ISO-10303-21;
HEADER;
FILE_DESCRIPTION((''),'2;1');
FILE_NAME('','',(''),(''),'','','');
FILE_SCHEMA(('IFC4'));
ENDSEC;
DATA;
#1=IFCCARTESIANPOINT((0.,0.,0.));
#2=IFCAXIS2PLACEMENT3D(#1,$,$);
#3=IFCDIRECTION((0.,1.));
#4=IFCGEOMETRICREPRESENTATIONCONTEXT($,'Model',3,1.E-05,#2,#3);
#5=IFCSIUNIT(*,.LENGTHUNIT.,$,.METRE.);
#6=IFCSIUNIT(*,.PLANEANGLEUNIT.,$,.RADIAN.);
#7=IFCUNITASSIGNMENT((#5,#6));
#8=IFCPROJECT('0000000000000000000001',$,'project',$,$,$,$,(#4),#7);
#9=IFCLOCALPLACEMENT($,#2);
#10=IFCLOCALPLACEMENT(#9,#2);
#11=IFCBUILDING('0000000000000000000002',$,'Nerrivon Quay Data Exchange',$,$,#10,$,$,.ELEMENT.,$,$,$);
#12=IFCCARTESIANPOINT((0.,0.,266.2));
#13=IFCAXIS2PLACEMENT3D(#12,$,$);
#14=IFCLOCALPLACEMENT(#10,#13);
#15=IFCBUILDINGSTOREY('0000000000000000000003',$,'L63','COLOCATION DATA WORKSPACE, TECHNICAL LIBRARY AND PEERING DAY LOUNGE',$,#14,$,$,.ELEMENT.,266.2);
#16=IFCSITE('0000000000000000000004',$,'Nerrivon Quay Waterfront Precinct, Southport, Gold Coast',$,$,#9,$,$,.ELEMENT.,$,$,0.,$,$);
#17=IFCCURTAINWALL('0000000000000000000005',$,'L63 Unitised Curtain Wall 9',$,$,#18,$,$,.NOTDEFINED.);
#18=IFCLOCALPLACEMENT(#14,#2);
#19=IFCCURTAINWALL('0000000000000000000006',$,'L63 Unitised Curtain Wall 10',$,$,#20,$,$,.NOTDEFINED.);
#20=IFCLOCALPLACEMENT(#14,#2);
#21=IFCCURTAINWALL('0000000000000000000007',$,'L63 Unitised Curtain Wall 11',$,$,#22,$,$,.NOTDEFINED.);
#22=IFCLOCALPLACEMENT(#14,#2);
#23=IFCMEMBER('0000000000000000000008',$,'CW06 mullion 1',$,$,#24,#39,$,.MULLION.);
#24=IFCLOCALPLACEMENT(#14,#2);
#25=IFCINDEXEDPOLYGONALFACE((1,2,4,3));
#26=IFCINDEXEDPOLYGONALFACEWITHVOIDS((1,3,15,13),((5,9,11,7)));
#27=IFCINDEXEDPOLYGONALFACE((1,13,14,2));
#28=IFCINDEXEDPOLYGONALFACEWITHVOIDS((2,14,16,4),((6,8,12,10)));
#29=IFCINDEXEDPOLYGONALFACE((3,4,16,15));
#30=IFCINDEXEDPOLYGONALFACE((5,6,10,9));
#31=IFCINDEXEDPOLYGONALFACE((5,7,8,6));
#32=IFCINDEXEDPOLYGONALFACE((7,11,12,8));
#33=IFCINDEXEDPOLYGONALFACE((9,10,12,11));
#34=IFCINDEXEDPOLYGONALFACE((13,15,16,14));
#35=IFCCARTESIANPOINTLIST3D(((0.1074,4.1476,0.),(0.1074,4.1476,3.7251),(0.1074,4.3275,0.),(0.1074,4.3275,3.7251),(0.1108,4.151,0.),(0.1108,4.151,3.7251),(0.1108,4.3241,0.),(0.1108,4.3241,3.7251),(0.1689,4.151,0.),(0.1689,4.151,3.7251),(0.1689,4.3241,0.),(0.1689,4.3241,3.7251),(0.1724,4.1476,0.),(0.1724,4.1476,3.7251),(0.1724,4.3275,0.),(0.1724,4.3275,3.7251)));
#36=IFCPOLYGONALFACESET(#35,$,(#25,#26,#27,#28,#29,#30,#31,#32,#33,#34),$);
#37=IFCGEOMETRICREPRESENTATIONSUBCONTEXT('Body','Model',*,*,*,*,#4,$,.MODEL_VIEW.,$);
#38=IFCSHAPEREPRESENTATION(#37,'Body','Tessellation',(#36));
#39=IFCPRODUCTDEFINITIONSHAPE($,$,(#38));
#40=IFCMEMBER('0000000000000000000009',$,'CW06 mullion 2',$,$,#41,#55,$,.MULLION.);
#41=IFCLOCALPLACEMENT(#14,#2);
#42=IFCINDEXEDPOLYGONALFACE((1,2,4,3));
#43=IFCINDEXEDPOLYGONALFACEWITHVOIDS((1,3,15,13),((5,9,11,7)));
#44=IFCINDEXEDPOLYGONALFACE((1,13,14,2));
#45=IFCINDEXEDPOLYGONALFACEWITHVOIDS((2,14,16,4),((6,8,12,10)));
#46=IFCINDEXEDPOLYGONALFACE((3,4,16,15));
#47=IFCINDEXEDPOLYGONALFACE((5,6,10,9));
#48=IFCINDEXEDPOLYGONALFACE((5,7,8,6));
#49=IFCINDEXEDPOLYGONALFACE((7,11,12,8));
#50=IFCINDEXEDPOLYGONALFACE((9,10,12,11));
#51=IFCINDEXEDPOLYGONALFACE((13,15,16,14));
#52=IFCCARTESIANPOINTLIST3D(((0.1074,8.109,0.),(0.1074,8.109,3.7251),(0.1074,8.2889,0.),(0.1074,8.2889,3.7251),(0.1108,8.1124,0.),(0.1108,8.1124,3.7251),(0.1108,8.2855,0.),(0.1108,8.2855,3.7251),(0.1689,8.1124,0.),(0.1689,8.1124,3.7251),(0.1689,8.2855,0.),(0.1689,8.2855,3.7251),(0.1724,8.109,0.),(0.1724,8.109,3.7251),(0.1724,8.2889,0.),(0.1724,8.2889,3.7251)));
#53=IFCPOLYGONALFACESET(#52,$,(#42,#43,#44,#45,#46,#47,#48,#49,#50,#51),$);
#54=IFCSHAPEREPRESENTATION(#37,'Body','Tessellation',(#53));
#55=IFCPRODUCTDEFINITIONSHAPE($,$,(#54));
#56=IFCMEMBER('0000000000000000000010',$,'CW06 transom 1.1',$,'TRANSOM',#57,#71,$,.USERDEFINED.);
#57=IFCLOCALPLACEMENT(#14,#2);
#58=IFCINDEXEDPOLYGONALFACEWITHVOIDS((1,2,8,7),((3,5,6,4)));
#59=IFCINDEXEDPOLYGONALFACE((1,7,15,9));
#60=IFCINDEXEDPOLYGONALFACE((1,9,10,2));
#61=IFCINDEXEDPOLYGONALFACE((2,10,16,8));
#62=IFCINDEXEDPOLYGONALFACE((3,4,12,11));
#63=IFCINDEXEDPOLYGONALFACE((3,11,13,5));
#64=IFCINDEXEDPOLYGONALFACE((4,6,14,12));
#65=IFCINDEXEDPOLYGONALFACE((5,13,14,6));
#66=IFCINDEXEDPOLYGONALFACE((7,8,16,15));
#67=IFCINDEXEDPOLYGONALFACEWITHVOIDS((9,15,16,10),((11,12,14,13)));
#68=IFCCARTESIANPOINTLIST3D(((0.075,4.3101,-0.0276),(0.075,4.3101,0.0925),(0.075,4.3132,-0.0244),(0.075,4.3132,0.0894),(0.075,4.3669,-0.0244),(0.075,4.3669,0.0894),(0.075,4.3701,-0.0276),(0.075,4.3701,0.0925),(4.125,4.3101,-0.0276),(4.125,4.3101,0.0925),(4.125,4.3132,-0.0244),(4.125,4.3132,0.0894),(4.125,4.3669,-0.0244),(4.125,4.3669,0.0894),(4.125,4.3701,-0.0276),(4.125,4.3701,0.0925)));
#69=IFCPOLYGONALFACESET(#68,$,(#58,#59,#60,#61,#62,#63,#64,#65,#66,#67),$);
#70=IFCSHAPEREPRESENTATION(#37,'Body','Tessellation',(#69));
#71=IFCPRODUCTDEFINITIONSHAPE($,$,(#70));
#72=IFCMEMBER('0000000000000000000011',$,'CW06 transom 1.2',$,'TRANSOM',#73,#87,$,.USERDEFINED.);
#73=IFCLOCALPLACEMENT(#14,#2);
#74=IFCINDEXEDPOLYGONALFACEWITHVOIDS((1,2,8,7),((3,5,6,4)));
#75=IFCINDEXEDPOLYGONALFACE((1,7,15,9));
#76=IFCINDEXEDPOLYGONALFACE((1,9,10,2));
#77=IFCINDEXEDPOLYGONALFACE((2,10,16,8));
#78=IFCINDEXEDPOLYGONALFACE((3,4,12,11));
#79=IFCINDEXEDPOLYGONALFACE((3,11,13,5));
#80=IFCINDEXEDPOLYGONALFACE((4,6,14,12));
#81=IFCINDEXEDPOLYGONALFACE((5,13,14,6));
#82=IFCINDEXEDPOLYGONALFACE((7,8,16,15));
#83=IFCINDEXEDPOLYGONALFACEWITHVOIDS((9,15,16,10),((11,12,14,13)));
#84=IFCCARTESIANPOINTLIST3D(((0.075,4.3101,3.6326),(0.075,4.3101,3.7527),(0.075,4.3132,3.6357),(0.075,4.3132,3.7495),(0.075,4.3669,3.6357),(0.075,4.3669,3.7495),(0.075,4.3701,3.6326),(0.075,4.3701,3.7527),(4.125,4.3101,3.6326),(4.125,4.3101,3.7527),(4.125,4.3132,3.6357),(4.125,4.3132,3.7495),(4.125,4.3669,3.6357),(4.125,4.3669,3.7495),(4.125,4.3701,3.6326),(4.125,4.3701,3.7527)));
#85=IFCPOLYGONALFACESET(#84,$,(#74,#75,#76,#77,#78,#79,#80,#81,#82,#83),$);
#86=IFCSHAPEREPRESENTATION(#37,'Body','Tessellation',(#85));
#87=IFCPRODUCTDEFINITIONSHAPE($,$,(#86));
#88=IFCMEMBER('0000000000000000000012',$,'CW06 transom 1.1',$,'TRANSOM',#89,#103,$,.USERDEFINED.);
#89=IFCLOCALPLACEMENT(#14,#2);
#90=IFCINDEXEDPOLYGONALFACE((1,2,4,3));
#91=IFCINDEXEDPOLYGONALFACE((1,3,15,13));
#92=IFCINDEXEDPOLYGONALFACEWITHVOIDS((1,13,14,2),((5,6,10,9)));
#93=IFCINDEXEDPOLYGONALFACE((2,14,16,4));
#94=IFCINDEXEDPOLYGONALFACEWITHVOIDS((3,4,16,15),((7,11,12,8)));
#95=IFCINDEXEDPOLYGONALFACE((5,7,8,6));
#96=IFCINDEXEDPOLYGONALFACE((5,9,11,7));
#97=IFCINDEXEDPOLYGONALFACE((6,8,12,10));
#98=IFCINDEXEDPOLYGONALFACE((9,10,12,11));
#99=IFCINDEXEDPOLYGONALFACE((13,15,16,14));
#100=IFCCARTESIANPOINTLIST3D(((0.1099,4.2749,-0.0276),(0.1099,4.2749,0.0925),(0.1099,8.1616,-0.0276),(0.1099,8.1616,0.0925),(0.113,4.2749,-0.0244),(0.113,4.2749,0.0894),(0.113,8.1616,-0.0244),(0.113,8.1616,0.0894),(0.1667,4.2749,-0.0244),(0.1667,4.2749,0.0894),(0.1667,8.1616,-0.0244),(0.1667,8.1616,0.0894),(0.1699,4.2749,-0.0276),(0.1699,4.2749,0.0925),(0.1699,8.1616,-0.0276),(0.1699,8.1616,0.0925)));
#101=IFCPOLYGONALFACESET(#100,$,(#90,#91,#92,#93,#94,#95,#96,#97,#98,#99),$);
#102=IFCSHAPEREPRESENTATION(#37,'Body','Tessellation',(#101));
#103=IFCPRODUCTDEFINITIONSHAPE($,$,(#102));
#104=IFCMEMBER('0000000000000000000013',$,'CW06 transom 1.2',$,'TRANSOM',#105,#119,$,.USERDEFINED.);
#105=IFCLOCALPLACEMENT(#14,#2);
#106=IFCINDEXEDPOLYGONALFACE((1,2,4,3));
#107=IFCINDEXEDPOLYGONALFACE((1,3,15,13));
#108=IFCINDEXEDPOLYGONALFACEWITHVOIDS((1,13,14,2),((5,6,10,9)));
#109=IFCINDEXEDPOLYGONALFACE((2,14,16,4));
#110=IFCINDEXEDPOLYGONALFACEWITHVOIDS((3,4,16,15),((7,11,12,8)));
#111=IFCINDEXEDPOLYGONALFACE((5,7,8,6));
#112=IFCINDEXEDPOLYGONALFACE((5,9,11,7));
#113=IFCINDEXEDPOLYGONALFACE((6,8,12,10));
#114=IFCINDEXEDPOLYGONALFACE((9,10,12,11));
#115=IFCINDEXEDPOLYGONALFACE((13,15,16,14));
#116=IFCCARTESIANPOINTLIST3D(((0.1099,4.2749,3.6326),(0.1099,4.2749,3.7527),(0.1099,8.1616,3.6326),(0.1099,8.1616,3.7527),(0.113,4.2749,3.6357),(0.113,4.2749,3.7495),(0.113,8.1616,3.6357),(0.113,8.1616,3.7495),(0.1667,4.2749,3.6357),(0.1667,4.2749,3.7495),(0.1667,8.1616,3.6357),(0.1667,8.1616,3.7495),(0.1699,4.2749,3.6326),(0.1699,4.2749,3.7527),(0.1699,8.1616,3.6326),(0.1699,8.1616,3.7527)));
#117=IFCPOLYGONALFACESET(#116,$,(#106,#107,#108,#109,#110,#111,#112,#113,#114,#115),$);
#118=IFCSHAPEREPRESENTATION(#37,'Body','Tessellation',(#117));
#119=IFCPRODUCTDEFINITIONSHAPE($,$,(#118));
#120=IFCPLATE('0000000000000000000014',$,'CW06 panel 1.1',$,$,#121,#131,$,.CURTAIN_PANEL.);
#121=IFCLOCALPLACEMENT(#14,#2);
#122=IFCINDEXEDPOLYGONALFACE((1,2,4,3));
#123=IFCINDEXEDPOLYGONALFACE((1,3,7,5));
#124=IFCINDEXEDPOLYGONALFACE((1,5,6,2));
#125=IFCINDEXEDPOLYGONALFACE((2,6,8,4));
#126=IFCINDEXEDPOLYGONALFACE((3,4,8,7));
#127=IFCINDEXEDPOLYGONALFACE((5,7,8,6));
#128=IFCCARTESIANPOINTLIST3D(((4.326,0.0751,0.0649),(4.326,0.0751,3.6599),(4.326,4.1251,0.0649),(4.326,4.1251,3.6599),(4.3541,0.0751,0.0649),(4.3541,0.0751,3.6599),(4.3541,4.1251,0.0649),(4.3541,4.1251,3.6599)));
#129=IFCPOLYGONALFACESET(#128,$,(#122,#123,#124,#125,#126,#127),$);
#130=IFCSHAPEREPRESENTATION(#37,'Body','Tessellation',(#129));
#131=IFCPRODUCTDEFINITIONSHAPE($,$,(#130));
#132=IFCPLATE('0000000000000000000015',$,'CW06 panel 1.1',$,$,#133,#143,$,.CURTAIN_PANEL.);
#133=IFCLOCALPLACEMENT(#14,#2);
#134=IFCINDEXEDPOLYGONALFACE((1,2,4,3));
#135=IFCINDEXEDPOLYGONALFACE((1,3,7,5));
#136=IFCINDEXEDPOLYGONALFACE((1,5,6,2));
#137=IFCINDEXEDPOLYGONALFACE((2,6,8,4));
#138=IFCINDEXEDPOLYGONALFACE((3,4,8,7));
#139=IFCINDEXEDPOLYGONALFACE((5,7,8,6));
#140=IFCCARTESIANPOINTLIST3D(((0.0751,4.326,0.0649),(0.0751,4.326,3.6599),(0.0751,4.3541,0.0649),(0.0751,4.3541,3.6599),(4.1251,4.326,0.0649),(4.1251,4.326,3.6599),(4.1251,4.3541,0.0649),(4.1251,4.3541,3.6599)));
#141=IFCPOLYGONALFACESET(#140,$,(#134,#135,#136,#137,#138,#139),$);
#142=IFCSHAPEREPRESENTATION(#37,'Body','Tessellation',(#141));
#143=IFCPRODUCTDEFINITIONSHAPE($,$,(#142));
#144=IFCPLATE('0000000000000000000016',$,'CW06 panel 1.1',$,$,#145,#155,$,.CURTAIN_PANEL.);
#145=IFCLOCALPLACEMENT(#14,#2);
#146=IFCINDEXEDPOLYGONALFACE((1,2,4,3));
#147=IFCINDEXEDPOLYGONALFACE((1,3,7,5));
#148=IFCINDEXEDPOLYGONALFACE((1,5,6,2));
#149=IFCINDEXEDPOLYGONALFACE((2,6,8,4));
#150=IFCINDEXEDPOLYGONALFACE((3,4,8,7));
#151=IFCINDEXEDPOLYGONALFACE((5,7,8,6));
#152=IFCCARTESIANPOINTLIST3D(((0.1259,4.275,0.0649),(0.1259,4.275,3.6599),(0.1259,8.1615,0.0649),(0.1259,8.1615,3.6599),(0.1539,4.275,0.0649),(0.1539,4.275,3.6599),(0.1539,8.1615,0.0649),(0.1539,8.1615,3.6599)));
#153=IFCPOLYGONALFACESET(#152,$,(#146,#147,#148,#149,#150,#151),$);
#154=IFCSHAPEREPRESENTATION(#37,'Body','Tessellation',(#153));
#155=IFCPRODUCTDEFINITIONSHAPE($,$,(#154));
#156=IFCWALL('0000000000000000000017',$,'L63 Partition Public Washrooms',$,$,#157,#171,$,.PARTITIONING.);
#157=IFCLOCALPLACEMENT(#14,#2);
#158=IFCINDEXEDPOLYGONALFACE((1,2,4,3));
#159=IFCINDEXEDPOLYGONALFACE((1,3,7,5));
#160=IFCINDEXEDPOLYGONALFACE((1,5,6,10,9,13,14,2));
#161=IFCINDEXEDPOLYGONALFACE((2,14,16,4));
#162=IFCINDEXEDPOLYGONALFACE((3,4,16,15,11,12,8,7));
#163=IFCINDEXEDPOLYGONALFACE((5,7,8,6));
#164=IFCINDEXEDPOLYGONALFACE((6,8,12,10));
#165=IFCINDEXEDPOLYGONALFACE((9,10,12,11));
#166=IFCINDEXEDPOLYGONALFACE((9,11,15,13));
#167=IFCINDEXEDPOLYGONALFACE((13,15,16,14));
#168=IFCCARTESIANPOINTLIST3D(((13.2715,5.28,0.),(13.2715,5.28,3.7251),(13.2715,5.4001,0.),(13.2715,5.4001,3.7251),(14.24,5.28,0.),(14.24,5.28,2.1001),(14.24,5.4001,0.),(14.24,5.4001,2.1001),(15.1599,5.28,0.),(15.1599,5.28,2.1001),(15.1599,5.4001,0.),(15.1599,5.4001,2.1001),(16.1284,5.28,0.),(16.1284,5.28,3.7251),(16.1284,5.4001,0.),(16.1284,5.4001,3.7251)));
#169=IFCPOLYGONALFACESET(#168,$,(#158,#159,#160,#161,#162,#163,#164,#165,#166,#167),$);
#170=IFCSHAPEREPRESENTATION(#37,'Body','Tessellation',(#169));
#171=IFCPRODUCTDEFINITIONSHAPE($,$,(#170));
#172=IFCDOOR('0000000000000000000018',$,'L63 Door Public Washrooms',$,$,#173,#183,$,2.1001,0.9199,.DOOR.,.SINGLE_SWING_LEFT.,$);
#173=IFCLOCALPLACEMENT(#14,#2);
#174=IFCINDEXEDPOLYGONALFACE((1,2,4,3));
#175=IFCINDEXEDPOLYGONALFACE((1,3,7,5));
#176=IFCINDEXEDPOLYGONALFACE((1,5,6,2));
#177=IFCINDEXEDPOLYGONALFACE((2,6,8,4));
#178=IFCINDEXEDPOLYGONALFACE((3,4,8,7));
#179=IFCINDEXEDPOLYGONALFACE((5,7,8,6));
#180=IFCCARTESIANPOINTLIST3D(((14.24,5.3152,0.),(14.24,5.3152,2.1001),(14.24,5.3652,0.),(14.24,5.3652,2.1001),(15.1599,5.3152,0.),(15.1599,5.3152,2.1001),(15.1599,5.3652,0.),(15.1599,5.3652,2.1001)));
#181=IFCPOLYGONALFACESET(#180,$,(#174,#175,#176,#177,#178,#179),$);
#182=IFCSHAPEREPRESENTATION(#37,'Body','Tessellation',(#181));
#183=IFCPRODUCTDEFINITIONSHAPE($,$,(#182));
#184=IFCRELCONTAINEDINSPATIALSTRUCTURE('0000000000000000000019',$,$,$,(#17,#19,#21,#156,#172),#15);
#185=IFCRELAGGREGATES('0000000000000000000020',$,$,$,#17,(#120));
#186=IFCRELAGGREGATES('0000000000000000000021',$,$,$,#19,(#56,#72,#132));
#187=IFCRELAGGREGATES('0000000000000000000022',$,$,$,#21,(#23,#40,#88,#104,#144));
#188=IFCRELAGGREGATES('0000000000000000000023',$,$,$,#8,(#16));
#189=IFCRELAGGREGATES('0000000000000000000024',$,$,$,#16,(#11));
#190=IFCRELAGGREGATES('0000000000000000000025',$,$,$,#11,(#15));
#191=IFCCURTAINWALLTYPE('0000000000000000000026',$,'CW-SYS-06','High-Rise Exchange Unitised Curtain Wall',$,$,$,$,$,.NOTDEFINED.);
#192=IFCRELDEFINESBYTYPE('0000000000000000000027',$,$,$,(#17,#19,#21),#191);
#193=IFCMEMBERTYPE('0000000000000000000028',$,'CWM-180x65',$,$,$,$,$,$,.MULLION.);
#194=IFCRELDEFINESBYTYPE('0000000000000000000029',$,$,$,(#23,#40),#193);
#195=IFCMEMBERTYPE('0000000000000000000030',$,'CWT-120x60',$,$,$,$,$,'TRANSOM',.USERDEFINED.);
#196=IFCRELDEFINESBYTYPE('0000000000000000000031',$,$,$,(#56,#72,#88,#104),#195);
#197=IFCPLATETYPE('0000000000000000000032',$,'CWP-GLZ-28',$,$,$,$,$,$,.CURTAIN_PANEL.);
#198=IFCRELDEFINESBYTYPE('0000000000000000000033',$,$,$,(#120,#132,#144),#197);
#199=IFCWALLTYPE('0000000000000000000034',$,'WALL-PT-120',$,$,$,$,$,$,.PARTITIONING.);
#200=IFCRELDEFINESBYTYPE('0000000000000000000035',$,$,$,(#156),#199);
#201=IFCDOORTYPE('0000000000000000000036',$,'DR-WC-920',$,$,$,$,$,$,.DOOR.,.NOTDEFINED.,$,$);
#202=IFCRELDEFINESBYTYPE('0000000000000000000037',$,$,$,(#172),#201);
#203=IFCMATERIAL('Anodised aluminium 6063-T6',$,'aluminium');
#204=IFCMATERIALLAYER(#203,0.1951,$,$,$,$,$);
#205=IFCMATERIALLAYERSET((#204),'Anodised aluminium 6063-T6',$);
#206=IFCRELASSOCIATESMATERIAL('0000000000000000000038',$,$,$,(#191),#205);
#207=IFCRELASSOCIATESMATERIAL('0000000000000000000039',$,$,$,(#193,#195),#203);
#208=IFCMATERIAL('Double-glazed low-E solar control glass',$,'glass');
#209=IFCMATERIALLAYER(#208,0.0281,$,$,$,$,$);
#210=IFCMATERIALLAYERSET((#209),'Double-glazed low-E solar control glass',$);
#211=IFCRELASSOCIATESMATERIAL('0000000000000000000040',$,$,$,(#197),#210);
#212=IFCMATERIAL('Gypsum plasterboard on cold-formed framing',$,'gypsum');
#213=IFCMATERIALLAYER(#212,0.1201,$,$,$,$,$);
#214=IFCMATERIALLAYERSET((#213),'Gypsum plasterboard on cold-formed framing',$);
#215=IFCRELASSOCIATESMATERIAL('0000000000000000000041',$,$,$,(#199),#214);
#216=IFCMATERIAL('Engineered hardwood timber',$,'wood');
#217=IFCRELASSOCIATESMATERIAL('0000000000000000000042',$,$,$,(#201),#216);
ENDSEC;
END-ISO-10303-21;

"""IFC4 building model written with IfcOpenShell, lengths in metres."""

from ifc_helpers import new_model, si_unit, direction, frame, frame_2d, origin, origin_2d, place, context, subcontext, project, spatial, rectangle, hollow_rectangle, extrude, material, layer, layer_set, material_profile, profile_set, type_object, element, fill, aggregate, save


model = new_model("IFC4")

# Units and contexts
model_context = context("Model", 3, precision=1e-05, world=origin(), true_north=direction((0.0, 1.0)))
body_context = subcontext(model_context, "Body", "Model", "MODEL_VIEW")
ifc_project = project(units=[si_unit("LENGTHUNIT", "METRE"), si_unit("PLANEANGLEUNIT", "RADIAN")], contexts=[model_context])

# Site, building, storey
site_placement = place(None, origin())
site = spatial("IfcSite", under=ifc_project, at=site_placement, Name="Nerrivon Quay Waterfront Precinct, Southport, Gold Coast", CompositionType="ELEMENT", RefElevation=0.0)
building_placement = place(site_placement, origin())
building = spatial("IfcBuilding", under=site, at=building_placement, Name="Nerrivon Quay Data Exchange", CompositionType="ELEMENT")
storey_placement = place(building_placement, frame((0.0, 0.0, 266.2)))
storey = spatial("IfcBuildingStorey", under=building, at=storey_placement, Name="L63", Description="COLOCATION DATA WORKSPACE, TECHNICAL LIBRARY AND PEERING DAY LOUNGE", CompositionType="ELEMENT", Elevation=266.2)

# Curtain wall
ifc_material_1 = material(Name="Anodised aluminium 6063-T6", Category="aluminium")
ifc_layer_1 = layer(ifc_material_1, 0.1951)
ifc_layer_set_1 = layer_set([ifc_layer_1], Name="Anodised aluminium 6063-T6")
curtain_wall_type = type_object("IfcCurtainWallType", Name="CW-SYS-06", Description="High-Rise Exchange Unitised Curtain Wall", PredefinedType="NOTDEFINED", material=ifc_layer_set_1)
ifc_material_profile_1 = material_profile(ifc_material_1, hollow_rectangle(XDim=0.0649, YDim=0.1799, WallThickness=0.0034, at=origin_2d()), Name="ALU-MULL-180x65")
ifc_profile_set_1 = profile_set([ifc_material_profile_1], Name="Anodised aluminium 6063-T6")
member_type_1 = type_object("IfcMemberType", Name="CWM-180x65", PredefinedType="MULLION", material=ifc_profile_set_1)
curtain_wall_1_placement = place(storey_placement, origin())
curtain_wall_1 = element("IfcCurtainWall", 1, at=curtain_wall_1_placement, inside=storey, type_object=curtain_wall_type, Name="L63 Unitised Curtain Wall 9", PredefinedType="NOTDEFINED")

# Curtain walls, members
curtain_wall_2_placement = place(storey_placement, origin())
curtain_wall_2 = element("IfcCurtainWall", 2, at=curtain_wall_2_placement, inside=storey, type_object=curtain_wall_type, Name="L63 Unitised Curtain Wall 10", PredefinedType="NOTDEFINED")
curtain_wall_3_placement = place(storey_placement, origin())
curtain_wall_3 = element("IfcCurtainWall", 3, at=curtain_wall_3_placement, inside=storey, type_object=curtain_wall_type, Name="L63 Unitised Curtain Wall 11", PredefinedType="NOTDEFINED")
member_1_placement = place(storey_placement, frame((0.1399, 4.2375, 0.0), z_axis=(0.0, 0.0, 1.0), x_axis=(-1.0, 0.0, 0.0)))
member_1 = element("IfcMember", 4, at=member_1_placement, type_object=member_type_1, Name="CW06 mullion 1", PredefinedType="MULLION", context=body_context, shape_type="SweptSolid", body=[
    extrude(hollow_rectangle(XDim=0.0649, YDim=0.1799, WallThickness=0.0034, at=origin_2d()), origin(), (0.0, 0.0, 1.0), 3.7251),
])
member_2_placement = place(storey_placement, frame((0.1399, 8.199, 0.0), z_axis=(0.0, 0.0, 1.0), x_axis=(-1.0, 0.0, 0.0)))
member_2 = element("IfcMember", 5, at=member_2_placement, type_object=member_type_1, Name="CW06 mullion 2", PredefinedType="MULLION", context=body_context, shape_type="SweptSolid", body=[
    extrude(hollow_rectangle(XDim=0.0649, YDim=0.1799, WallThickness=0.0034, at=origin_2d()), origin(), (0.0, 0.0, 1.0), 3.7251),
])

# Members
ifc_material_profile_2 = material_profile(ifc_material_1, hollow_rectangle(XDim=0.0601, YDim=0.1201, WallThickness=0.0032, at=origin_2d()), Name="ALU-TRAN-120x60")
ifc_profile_set_2 = profile_set([ifc_material_profile_2], Name="Anodised aluminium 6063-T6")
member_type_2 = type_object("IfcMemberType", Name="CWT-120x60", ElementType="TRANSOM", PredefinedType="USERDEFINED", material=ifc_profile_set_2)
member_3_placement = place(storey_placement, frame((4.125, 4.3401, 0.0325), z_axis=(-1.0, 0.0, 0.0), x_axis=(0.0, -1.0, 0.0)))
member_3 = element("IfcMember", 6, at=member_3_placement, type_object=member_type_2, Name="CW06 transom 1.1", ObjectType="TRANSOM", PredefinedType="USERDEFINED", context=body_context, shape_type="SweptSolid", body=[
    extrude(hollow_rectangle(XDim=0.0601, YDim=0.1201, WallThickness=0.0032, at=origin_2d()), origin(), (0.0, 0.0, 1.0), 4.05),
])
member_4_placement = place(storey_placement, frame((4.125, 4.3401, 3.6926), z_axis=(-1.0, 0.0, 0.0), x_axis=(0.0, -1.0, 0.0)))
member_4 = element("IfcMember", 7, at=member_4_placement, type_object=member_type_2, Name="CW06 transom 1.2", ObjectType="TRANSOM", PredefinedType="USERDEFINED", context=body_context, shape_type="SweptSolid", body=[
    extrude(hollow_rectangle(XDim=0.0601, YDim=0.1201, WallThickness=0.0032, at=origin_2d()), origin(), (0.0, 0.0, 1.0), 4.05),
])
member_5_placement = place(storey_placement, frame((0.1399, 4.2749, 0.0325), z_axis=(0.0, 1.0, 0.0), x_axis=(-1.0, 0.0, 0.0)))
member_5 = element("IfcMember", 8, at=member_5_placement, type_object=member_type_2, Name="CW06 transom 1.1", ObjectType="TRANSOM", PredefinedType="USERDEFINED", context=body_context, shape_type="SweptSolid", body=[
    extrude(hollow_rectangle(XDim=0.0601, YDim=0.1201, WallThickness=0.0032, at=origin_2d()), origin(), (0.0, 0.0, 1.0), 3.8867),
])
member_6_placement = place(storey_placement, frame((0.1399, 4.2749, 3.6926), z_axis=(0.0, 1.0, 0.0), x_axis=(-1.0, 0.0, 0.0)))
member_6 = element("IfcMember", 9, at=member_6_placement, type_object=member_type_2, Name="CW06 transom 1.2", ObjectType="TRANSOM", PredefinedType="USERDEFINED", context=body_context, shape_type="SweptSolid", body=[
    extrude(hollow_rectangle(XDim=0.0601, YDim=0.1201, WallThickness=0.0032, at=origin_2d()), origin(), (0.0, 0.0, 1.0), 3.8867),
])

# Plates
ifc_material_2 = material(Name="Double-glazed low-E solar control glass", Category="glass")
ifc_layer_2 = layer(ifc_material_2, 0.0281)
ifc_layer_set_2 = layer_set([ifc_layer_2], Name="Double-glazed low-E solar control glass")
plate_type = type_object("IfcPlateType", Name="CWP-GLZ-28", PredefinedType="CURTAIN_PANEL", material=ifc_layer_set_2)
plate_1_placement = place(storey_placement, frame((4.3401, 2.1001, 0.0649), z_axis=(0.0, 0.0, 1.0), x_axis=(0.0, 1.0, 0.0)))
plate_1 = element("IfcPlate", 10, at=plate_1_placement, type_object=plate_type, Name="CW06 panel 1.1", PredefinedType="CURTAIN_PANEL", context=body_context, shape_type="SweptSolid", body=[
    extrude(rectangle(XDim=4.05, YDim=0.0281, at=origin_2d()), origin(), (0.0, 0.0, 1.0), 3.595),
])
aggregate(curtain_wall_1, [plate_1])
plate_2_placement = place(storey_placement, frame((2.1001, 4.3401, 0.0649), z_axis=(0.0, 0.0, 1.0), x_axis=(-1.0, 0.0, 0.0)))
plate_2 = element("IfcPlate", 11, at=plate_2_placement, type_object=plate_type, Name="CW06 panel 1.1", PredefinedType="CURTAIN_PANEL", context=body_context, shape_type="SweptSolid", body=[
    extrude(rectangle(XDim=4.05, YDim=0.0281, at=origin_2d()), origin(), (0.0, 0.0, 1.0), 3.595),
])
aggregate(curtain_wall_2, [member_3, member_4, plate_2])
plate_3_placement = place(storey_placement, frame((0.1399, 6.2183, 0.0649), z_axis=(0.0, 0.0, 1.0), x_axis=(0.0, 1.0, 0.0)))
plate_3 = element("IfcPlate", 12, at=plate_3_placement, type_object=plate_type, Name="CW06 panel 1.1", PredefinedType="CURTAIN_PANEL", context=body_context, shape_type="SweptSolid", body=[
    extrude(rectangle(XDim=3.8865, YDim=0.0281, at=origin_2d()), origin(), (0.0, 0.0, 1.0), 3.595),
])
aggregate(curtain_wall_3, [member_1, member_2, member_5, member_6, plate_3])

# Wall, opening, door
ifc_material_3 = material(Name="Gypsum plasterboard on cold-formed framing", Category="gypsum")
ifc_layer_3 = layer(ifc_material_3, 0.1201)
ifc_layer_set_3 = layer_set([ifc_layer_3], Name="Gypsum plasterboard on cold-formed framing")
wall_type_1 = type_object("IfcWallType", Name="WALL-PT-120", PredefinedType="PARTITIONING", material=ifc_layer_set_3)
wall_1_placement = place(storey_placement, frame((16.1284, 5.3401, 0.0), z_axis=(0.0, 0.0, 1.0), x_axis=(-1.0, 0.0, 0.0)))
wall_1 = element("IfcWall", 13, at=wall_1_placement, inside=storey, type_object=wall_type_1, Name="L63 Partition Public Washrooms", PredefinedType="PARTITIONING", context=body_context, shape_type="SweptSolid", body=[
    extrude(rectangle(XDim=2.8569, YDim=0.1201, at=frame_2d((1.4285, 0.0))), origin(), (0.0, 0.0, 1.0), 3.7251),
])
opening_placement = place(wall_1_placement, frame((0.9685, 0.0, 0.0)))
opening = element("IfcOpeningElement", 14, at=opening_placement, cuts=wall_1, PredefinedType="OPENING", context=body_context, shape_type="SweptSolid", body=[
    extrude(rectangle(XDim=0.9199, YDim=2.1001, at=frame_2d((0.46, 1.05))), frame((0.0, 0.0701, 0.0), z_axis=(0.0, -1.0, 0.0), x_axis=(1.0, 0.0, 0.0)), (0.0, 0.0, 1.0), 0.1401),
])
ifc_material_4 = material(Name="Engineered hardwood timber", Category="wood")
door_type = type_object("IfcDoorType", Name="DR-WC-920", OperationType="NOTDEFINED", PredefinedType="DOOR", material=ifc_material_4)
door_placement = place(opening_placement, origin())
door = element("IfcDoor", 15, at=door_placement, inside=storey, type_object=door_type, Name="L63 Door Public Washrooms", OperationType="SINGLE_SWING_LEFT", OverallHeight=2.1001, OverallWidth=0.9199, PredefinedType="DOOR", context=body_context, shape_type="SweptSolid", body=[
    extrude(rectangle(XDim=0.9199, YDim=2.1001, at=frame_2d((0.46, 1.05))), frame((0.0, 0.0249, 0.0), z_axis=(0.0, -1.0, 0.0), x_axis=(1.0, 0.0, 0.0)), (0.0, 0.0, 1.0), 0.05),
])
fill(opening, door)

save(model, "model.ifc")
